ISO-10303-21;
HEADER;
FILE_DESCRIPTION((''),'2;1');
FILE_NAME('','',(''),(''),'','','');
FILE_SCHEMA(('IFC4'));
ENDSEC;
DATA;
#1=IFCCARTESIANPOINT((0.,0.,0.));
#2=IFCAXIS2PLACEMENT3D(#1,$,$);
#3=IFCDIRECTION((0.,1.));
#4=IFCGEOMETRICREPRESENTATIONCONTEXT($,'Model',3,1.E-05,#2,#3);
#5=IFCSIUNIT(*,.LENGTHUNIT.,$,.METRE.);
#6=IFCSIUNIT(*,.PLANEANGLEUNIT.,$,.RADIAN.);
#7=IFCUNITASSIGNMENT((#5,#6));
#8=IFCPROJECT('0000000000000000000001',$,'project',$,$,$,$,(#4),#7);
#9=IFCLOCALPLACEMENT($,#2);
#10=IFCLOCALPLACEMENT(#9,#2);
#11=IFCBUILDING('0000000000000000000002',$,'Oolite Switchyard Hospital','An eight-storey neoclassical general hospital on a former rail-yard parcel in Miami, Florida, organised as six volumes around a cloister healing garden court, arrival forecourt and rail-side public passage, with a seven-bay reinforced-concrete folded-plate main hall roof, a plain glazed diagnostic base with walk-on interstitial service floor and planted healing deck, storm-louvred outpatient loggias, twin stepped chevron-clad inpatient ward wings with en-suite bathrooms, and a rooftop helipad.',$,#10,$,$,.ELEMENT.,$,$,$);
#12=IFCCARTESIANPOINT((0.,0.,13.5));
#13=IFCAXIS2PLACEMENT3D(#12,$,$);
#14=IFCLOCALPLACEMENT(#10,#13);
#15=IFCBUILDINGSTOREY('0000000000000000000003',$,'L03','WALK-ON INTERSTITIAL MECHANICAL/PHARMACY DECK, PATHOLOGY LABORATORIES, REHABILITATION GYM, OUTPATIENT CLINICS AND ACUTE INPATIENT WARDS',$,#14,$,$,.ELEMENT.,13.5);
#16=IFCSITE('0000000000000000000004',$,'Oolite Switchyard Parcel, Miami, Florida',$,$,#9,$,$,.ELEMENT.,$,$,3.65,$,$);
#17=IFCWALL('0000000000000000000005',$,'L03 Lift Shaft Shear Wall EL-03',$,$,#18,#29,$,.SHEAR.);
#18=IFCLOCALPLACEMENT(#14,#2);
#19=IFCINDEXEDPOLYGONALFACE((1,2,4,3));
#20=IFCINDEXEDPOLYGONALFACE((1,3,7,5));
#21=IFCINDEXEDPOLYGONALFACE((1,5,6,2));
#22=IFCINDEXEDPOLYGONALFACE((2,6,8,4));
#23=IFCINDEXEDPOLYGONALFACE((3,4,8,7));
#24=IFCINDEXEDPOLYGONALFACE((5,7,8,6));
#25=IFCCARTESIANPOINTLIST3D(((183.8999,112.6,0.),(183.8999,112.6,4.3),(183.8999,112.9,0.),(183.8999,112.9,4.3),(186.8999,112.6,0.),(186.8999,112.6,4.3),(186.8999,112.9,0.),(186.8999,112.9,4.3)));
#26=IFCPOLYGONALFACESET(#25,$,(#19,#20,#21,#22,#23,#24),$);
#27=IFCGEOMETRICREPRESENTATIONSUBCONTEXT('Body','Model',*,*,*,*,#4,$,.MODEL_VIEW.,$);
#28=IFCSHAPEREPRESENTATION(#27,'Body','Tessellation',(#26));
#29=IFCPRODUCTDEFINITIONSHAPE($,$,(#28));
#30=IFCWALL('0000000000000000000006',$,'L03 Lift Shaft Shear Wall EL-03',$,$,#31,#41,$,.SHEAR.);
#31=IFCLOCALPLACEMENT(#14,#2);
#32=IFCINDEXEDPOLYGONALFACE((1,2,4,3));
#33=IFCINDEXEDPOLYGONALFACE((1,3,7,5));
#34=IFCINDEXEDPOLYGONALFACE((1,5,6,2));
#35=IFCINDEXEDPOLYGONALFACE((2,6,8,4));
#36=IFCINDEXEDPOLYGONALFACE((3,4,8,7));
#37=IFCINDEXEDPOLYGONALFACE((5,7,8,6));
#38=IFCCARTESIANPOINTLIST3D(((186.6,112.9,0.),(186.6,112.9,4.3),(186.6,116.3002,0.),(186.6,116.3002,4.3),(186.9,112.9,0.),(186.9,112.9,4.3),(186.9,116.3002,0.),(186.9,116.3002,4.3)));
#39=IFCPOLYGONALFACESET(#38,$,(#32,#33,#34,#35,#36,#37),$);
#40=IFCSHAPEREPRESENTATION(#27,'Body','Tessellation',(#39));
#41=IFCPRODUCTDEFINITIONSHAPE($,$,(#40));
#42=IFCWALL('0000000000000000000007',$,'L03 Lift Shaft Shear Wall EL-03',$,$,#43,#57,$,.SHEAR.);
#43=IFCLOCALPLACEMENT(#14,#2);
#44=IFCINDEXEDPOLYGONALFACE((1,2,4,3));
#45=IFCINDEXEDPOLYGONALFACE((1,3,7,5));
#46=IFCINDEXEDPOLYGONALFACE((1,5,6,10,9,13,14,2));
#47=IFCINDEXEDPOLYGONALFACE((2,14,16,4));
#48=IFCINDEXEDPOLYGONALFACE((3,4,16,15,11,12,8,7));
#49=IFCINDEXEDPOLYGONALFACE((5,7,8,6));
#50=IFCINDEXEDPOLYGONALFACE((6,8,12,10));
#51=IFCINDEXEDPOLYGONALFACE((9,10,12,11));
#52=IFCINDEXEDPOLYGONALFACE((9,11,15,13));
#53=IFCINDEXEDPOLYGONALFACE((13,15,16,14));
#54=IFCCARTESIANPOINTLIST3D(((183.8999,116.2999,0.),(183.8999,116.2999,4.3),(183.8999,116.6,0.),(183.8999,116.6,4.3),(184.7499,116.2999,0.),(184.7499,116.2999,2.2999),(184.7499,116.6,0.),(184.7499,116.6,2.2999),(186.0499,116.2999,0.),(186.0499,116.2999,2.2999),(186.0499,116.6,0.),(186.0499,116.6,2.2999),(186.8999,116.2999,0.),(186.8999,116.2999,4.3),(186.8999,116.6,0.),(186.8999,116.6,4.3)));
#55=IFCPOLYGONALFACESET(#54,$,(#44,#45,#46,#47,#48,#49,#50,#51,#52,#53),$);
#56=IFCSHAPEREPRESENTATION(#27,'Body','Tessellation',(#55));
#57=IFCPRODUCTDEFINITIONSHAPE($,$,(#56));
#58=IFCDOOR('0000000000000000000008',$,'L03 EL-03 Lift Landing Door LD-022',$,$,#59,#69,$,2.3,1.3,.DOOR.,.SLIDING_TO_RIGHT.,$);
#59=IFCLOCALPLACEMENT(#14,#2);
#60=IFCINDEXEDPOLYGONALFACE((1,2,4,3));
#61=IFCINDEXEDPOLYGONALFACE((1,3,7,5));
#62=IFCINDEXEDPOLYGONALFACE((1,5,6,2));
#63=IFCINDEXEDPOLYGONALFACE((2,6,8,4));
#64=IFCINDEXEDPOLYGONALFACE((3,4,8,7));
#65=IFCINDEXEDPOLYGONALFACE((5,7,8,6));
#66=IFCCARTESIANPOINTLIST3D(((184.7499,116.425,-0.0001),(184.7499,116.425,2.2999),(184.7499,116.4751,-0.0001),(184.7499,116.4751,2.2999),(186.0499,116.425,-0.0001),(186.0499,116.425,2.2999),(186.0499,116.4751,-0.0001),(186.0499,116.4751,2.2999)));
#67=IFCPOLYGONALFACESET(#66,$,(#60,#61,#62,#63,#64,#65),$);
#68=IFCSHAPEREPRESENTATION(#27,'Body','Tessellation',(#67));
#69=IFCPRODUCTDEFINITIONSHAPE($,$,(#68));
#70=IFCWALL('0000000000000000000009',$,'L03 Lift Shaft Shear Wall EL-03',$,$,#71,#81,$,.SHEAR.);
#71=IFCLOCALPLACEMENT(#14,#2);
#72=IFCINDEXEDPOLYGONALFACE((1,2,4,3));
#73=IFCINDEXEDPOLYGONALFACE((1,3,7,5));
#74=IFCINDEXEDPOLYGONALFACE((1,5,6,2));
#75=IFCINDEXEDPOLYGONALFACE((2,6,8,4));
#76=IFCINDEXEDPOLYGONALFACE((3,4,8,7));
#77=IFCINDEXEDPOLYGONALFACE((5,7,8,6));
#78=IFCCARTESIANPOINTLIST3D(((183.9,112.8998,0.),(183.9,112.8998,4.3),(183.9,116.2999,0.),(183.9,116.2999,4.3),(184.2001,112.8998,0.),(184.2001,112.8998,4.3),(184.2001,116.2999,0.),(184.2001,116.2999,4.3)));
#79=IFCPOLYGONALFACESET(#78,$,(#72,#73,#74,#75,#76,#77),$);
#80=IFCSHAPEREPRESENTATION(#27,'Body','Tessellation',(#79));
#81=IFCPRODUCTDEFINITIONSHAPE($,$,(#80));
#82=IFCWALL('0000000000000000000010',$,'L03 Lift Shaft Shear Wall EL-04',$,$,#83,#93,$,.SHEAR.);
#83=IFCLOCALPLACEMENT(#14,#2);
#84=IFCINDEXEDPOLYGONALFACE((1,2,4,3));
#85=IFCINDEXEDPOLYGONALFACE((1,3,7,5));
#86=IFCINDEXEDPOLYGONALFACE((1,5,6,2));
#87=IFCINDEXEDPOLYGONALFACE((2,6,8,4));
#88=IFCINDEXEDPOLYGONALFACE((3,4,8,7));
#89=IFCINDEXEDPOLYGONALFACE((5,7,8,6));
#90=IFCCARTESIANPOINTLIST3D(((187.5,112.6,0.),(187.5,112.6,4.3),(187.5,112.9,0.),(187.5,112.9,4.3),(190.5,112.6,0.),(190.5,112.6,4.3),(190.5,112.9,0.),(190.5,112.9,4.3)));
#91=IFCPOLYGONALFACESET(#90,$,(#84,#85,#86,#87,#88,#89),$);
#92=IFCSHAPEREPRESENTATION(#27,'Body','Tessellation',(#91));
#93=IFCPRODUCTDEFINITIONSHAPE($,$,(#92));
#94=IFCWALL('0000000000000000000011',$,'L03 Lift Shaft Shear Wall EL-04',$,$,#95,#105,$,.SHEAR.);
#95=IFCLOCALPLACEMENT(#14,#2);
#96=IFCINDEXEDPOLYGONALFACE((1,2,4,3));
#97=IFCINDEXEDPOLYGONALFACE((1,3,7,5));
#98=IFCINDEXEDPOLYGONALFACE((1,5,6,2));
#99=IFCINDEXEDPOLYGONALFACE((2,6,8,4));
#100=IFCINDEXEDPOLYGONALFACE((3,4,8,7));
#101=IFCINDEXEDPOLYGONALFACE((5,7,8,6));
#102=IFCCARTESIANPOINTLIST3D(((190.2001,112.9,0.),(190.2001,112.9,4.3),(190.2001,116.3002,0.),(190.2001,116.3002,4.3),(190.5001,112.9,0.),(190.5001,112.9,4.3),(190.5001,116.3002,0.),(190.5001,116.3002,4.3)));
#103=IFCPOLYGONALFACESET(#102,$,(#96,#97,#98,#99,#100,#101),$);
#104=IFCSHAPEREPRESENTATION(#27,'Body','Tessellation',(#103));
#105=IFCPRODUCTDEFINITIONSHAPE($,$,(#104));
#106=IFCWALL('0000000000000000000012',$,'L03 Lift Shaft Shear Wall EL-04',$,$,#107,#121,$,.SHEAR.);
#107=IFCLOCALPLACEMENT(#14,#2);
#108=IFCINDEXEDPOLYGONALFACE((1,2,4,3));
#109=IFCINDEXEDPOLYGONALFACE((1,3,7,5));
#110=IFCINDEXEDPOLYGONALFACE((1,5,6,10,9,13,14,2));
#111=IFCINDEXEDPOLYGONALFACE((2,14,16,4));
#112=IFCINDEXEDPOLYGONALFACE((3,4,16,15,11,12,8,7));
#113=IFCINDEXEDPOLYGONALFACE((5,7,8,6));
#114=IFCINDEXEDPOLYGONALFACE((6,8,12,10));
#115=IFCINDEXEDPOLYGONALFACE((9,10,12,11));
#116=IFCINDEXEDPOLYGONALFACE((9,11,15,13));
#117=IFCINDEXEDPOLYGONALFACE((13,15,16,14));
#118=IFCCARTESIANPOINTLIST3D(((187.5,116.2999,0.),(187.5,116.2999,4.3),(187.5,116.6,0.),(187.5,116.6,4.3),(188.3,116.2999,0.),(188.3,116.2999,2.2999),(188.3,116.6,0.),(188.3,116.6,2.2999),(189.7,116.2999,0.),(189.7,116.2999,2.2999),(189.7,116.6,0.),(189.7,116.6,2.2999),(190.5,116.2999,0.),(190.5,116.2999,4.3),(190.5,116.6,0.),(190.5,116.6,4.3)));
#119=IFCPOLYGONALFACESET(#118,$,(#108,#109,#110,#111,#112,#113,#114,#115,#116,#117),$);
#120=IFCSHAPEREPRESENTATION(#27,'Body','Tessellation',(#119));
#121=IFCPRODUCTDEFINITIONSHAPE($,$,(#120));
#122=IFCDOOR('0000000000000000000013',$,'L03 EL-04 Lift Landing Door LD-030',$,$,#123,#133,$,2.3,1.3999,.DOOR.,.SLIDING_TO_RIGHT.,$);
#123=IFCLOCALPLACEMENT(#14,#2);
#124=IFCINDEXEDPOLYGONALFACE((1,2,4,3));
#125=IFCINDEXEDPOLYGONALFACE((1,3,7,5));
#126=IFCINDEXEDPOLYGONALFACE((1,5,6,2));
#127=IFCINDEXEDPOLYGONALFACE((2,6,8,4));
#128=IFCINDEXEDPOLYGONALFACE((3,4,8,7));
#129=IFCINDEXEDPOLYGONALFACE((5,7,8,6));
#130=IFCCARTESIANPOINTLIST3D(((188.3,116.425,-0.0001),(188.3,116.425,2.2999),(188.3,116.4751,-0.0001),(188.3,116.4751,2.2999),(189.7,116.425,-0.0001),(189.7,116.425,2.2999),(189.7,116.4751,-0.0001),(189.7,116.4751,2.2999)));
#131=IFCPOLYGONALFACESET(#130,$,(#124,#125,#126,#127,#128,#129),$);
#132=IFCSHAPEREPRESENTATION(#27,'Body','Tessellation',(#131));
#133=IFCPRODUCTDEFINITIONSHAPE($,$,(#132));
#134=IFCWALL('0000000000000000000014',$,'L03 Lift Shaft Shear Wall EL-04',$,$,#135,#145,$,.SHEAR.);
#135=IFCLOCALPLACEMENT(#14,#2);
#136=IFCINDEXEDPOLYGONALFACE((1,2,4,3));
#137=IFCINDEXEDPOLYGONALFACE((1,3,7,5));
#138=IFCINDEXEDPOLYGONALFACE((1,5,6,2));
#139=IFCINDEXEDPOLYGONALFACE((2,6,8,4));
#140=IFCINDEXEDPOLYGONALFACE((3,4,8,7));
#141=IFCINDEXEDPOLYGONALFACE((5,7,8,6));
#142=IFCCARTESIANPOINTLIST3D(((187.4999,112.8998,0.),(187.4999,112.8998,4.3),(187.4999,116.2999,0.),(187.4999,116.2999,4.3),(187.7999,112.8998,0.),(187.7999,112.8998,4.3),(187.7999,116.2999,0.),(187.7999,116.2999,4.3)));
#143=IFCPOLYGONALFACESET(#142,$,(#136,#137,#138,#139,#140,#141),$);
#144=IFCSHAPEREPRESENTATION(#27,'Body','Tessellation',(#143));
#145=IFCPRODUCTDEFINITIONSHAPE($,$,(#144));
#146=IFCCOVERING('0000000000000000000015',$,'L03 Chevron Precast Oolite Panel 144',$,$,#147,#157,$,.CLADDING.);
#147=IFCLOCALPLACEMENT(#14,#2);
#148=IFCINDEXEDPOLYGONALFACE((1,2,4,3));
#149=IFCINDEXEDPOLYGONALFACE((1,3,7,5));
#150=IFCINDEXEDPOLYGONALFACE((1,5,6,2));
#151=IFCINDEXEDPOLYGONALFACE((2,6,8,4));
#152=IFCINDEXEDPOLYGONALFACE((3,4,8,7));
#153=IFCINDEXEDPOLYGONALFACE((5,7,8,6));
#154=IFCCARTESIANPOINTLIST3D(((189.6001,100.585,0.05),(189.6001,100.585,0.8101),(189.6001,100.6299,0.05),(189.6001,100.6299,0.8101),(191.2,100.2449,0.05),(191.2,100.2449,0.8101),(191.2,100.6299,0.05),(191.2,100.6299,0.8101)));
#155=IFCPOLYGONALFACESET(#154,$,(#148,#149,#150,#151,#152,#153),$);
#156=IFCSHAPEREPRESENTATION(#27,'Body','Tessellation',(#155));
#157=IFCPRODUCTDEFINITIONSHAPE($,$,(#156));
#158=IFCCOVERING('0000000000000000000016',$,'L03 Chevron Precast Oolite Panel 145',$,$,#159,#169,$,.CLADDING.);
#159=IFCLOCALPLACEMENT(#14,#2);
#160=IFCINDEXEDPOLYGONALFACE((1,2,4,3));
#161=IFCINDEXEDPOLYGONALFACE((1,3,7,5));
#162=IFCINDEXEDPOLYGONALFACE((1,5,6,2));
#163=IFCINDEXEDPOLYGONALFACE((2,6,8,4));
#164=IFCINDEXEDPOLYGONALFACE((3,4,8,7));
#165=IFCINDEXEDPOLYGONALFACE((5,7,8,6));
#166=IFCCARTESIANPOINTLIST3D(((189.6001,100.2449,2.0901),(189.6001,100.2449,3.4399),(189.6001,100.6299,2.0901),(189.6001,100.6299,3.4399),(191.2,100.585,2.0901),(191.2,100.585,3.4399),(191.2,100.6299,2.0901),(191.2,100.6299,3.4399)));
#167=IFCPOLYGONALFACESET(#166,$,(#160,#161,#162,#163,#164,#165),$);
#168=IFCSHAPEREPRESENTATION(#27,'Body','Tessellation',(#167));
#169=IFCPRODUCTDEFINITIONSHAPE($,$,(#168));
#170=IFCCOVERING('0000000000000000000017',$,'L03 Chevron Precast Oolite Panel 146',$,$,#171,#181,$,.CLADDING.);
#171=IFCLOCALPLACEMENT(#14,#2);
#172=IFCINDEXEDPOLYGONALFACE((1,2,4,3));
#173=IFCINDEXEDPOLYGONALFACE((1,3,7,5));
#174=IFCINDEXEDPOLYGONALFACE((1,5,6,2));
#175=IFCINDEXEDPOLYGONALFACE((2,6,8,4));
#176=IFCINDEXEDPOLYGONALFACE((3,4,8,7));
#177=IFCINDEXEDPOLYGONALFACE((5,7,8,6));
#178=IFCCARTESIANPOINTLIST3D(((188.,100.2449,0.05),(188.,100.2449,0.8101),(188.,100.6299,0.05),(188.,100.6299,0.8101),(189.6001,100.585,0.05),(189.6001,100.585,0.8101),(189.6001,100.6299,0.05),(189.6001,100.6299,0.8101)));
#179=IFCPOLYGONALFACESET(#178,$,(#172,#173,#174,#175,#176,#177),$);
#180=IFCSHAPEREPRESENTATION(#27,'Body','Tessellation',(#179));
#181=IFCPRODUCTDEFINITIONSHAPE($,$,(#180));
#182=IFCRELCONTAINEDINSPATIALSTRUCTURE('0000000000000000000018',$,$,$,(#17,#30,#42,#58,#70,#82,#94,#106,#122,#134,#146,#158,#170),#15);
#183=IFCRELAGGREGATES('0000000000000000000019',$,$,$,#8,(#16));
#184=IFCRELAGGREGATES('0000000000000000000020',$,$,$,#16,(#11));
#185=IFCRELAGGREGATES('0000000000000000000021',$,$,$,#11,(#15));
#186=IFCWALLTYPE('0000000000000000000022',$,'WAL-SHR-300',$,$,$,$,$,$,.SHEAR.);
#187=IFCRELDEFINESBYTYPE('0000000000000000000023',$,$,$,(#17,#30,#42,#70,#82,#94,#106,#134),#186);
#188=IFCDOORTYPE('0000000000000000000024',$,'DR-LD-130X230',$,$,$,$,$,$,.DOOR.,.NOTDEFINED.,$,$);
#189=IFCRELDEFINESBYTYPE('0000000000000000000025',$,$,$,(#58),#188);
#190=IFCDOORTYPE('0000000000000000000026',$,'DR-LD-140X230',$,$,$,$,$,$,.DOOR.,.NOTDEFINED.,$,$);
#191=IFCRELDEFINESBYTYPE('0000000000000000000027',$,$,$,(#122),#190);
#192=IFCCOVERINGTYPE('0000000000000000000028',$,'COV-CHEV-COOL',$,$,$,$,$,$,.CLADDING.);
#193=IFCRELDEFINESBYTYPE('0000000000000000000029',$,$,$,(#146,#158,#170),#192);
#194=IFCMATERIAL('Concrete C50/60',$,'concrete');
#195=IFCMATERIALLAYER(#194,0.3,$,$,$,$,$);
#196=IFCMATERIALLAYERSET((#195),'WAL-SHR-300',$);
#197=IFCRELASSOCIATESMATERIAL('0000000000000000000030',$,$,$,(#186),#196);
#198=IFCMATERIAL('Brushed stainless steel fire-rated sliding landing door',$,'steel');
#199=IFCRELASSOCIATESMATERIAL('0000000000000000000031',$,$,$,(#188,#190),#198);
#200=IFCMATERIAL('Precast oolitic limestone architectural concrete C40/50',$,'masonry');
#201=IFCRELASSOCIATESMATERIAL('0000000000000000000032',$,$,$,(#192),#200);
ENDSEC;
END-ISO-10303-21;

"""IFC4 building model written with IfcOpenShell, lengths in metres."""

from ifc_helpers import new_model, si_unit, direction, frame, frame_2d, origin, place, context, subcontext, project, spatial, polyline, rectangle, outline, extrude, material, layer, layer_set, type_object, element, fill, save


model = new_model("IFC4")

# Units and contexts
model_context = context("Model", 3, precision=1e-05, world=origin(), true_north=direction((0.0, 1.0)))
body_context = subcontext(model_context, "Body", "Model", "MODEL_VIEW")
ifc_project = project(units=[si_unit("LENGTHUNIT", "METRE"), si_unit("PLANEANGLEUNIT", "RADIAN")], contexts=[model_context])

# Site, building, storey
site_placement = place(None, origin())
site = spatial("IfcSite", under=ifc_project, at=site_placement, Name="Oolite Switchyard Parcel, Miami, Florida", CompositionType="ELEMENT", RefElevation=3.65)
building_placement = place(site_placement, origin())
building = spatial("IfcBuilding", under=site, at=building_placement, Name="Oolite Switchyard Hospital", Description="An eight-storey neoclassical general hospital on a former rail-yard parcel in Miami, Florida, organised as six volumes around a cloister healing garden court, arrival forecourt and rail-side public passage, with a seven-bay reinforced-concrete folded-plate main hall roof, a plain glazed diagnostic base with walk-on interstitial service floor and planted healing deck, storm-louvred outpatient loggias, twin stepped chevron-clad inpatient ward wings with en-suite bathrooms, and a rooftop helipad.", CompositionType="ELEMENT")
storey_placement = place(building_placement, frame((0.0, 0.0, 13.5)))
storey = spatial("IfcBuildingStorey", under=building, at=storey_placement, Name="L03", Description="WALK-ON INTERSTITIAL MECHANICAL/PHARMACY DECK, PATHOLOGY LABORATORIES, REHABILITATION GYM, OUTPATIENT CLINICS AND ACUTE INPATIENT WARDS", CompositionType="ELEMENT", Elevation=13.5)

# Shared definitions
ifc_material_1 = material(Name="Concrete C50/60", Category="concrete")

# Shared definitions
ifc_material_2 = material(Name="Precast oolitic limestone architectural concrete C40/50", Category="masonry")

# Walls
ifc_layer_1 = layer(ifc_material_1, 0.3)
ifc_layer_set_1 = layer_set([ifc_layer_1], Name="WAL-SHR-300")
wall_type_1 = type_object("IfcWallType", Name="WAL-SHR-300", PredefinedType="SHEAR", material=ifc_layer_set_1)
wall_1_placement = place(storey_placement, frame((183.8999, 112.75, 0.0), z_axis=(0.0, 0.0, 1.0), x_axis=(1.0, 0.0, 0.0)))
element("IfcWall", 1, at=wall_1_placement, inside=storey, type_object=wall_type_1, Name="L03 Lift Shaft Shear Wall EL-03", PredefinedType="SHEAR", context=body_context, shape_type="SweptSolid", body=[
    extrude(rectangle(XDim=3.0, YDim=0.3, at=frame_2d((1.5, 0.0))), origin(), (0.0, 0.0, 1.0), 4.3),
])
wall_2_placement = place(storey_placement, frame((186.75, 112.8999, 0.0), z_axis=(0.0, 0.0, 1.0), x_axis=(0.0, 1.0, 0.0)))
element("IfcWall", 2, at=wall_2_placement, inside=storey, type_object=wall_type_1, Name="L03 Lift Shaft Shear Wall EL-03", PredefinedType="SHEAR", context=body_context, shape_type="SweptSolid", body=[
    extrude(rectangle(XDim=3.4001, YDim=0.3, at=frame_2d((1.7002, 0.0))), origin(), (0.0, 0.0, 1.0), 4.3),
])

# Wall, opening, door
wall_3_placement = place(storey_placement, frame((186.8999, 116.45, 0.0), z_axis=(0.0, 0.0, 1.0), x_axis=(-1.0, 0.0, 0.0)))
wall_3 = element("IfcWall", 3, at=wall_3_placement, inside=storey, type_object=wall_type_1, Name="L03 Lift Shaft Shear Wall EL-03", PredefinedType="SHEAR", context=body_context, shape_type="SweptSolid", body=[
    extrude(rectangle(XDim=3.0, YDim=0.3, at=frame_2d((1.5, 0.0))), origin(), (0.0, 0.0, 1.0), 4.3),
])
opening_1_placement = place(wall_3_placement, frame((0.8501, 0.0, 0.0)))
opening_1 = element("IfcOpeningElement", 4, at=opening_1_placement, cuts=wall_3, PredefinedType="OPENING", context=body_context, shape_type="SweptSolid", body=[
    extrude(rectangle(XDim=1.3, YDim=2.3, at=frame_2d((0.6499, 1.1499))), frame((0.0, 0.1602, 0.0), z_axis=(0.0, -1.0, 0.0), x_axis=(1.0, 0.0, 0.0)), (0.0, 0.0, 1.0), 0.3201),
])
ifc_material_3 = material(Name="Brushed stainless steel fire-rated sliding landing door", Category="steel")
door_type_1 = type_object("IfcDoorType", Name="DR-LD-130X230", OperationType="NOTDEFINED", PredefinedType="DOOR", material=ifc_material_3)
door_1_placement = place(opening_1_placement, origin())
door_1 = element("IfcDoor", 5, at=door_1_placement, inside=storey, type_object=door_type_1, Name="L03 EL-03 Lift Landing Door LD-022", OperationType="SLIDING_TO_RIGHT", OverallHeight=2.3, OverallWidth=1.3, PredefinedType="DOOR", context=body_context, shape_type="SweptSolid", body=[
    extrude(rectangle(XDim=1.3, YDim=2.3, at=frame_2d((0.6499, 1.1499))), frame((0.0, 0.0249, 0.0), z_axis=(0.0, -1.0, 0.0), x_axis=(1.0, 0.0, 0.0)), (0.0, 0.0, 1.0), 0.05),
])
fill(opening_1, door_1)

# Walls
wall_4_placement = place(storey_placement, frame((184.05, 116.3, 0.0), z_axis=(0.0, 0.0, 1.0), x_axis=(0.0, -1.0, 0.0)))
element("IfcWall", 6, at=wall_4_placement, inside=storey, type_object=wall_type_1, Name="L03 Lift Shaft Shear Wall EL-03", PredefinedType="SHEAR", context=body_context, shape_type="SweptSolid", body=[
    extrude(rectangle(XDim=3.4001, YDim=0.3, at=frame_2d((1.7002, 0.0))), origin(), (0.0, 0.0, 1.0), 4.3),
])
wall_5_placement = place(storey_placement, frame((187.5, 112.75, 0.0), z_axis=(0.0, 0.0, 1.0), x_axis=(1.0, 0.0, 0.0)))
element("IfcWall", 7, at=wall_5_placement, inside=storey, type_object=wall_type_1, Name="L03 Lift Shaft Shear Wall EL-04", PredefinedType="SHEAR", context=body_context, shape_type="SweptSolid", body=[
    extrude(rectangle(XDim=3.0, YDim=0.3, at=frame_2d((1.5, 0.0))), origin(), (0.0, 0.0, 1.0), 4.3),
])
wall_6_placement = place(storey_placement, frame((190.3501, 112.8999, 0.0), z_axis=(0.0, 0.0, 1.0), x_axis=(0.0, 1.0, 0.0)))
element("IfcWall", 8, at=wall_6_placement, inside=storey, type_object=wall_type_1, Name="L03 Lift Shaft Shear Wall EL-04", PredefinedType="SHEAR", context=body_context, shape_type="SweptSolid", body=[
    extrude(rectangle(XDim=3.4001, YDim=0.3, at=frame_2d((1.7002, 0.0))), origin(), (0.0, 0.0, 1.0), 4.3),
])

# Wall, opening, door
wall_7_placement = place(storey_placement, frame((190.5, 116.45, 0.0), z_axis=(0.0, 0.0, 1.0), x_axis=(-1.0, 0.0, 0.0)))
wall_7 = element("IfcWall", 9, at=wall_7_placement, inside=storey, type_object=wall_type_1, Name="L03 Lift Shaft Shear Wall EL-04", PredefinedType="SHEAR", context=body_context, shape_type="SweptSolid", body=[
    extrude(rectangle(XDim=3.0, YDim=0.3, at=frame_2d((1.5, 0.0))), origin(), (0.0, 0.0, 1.0), 4.3),
])
opening_2_placement = place(wall_7_placement, frame((0.8, 0.0, 0.0)))
opening_2 = element("IfcOpeningElement", 10, at=opening_2_placement, cuts=wall_7, PredefinedType="OPENING", context=body_context, shape_type="SweptSolid", body=[
    extrude(rectangle(XDim=1.3999, YDim=2.3, at=frame_2d((0.7, 1.1499))), frame((0.0, 0.1602, 0.0), z_axis=(0.0, -1.0, 0.0), x_axis=(1.0, 0.0, 0.0)), (0.0, 0.0, 1.0), 0.3201),
])
door_type_2 = type_object("IfcDoorType", Name="DR-LD-140X230", OperationType="NOTDEFINED", PredefinedType="DOOR", material=ifc_material_3)
door_2_placement = place(opening_2_placement, origin())
door_2 = element("IfcDoor", 11, at=door_2_placement, inside=storey, type_object=door_type_2, Name="L03 EL-04 Lift Landing Door LD-030", OperationType="SLIDING_TO_RIGHT", OverallHeight=2.3, OverallWidth=1.3999, PredefinedType="DOOR", context=body_context, shape_type="SweptSolid", body=[
    extrude(rectangle(XDim=1.3999, YDim=2.3, at=frame_2d((0.7, 1.1499))), frame((0.0, 0.0249, 0.0), z_axis=(0.0, -1.0, 0.0), x_axis=(1.0, 0.0, 0.0)), (0.0, 0.0, 1.0), 0.05),
])
fill(opening_2, door_2)

# Wall
wall_8_placement = place(storey_placement, frame((187.6499, 116.3, 0.0), z_axis=(0.0, 0.0, 1.0), x_axis=(0.0, -1.0, 0.0)))
element("IfcWall", 12, at=wall_8_placement, inside=storey, type_object=wall_type_1, Name="L03 Lift Shaft Shear Wall EL-04", PredefinedType="SHEAR", context=body_context, shape_type="SweptSolid", body=[
    extrude(rectangle(XDim=3.4001, YDim=0.3, at=frame_2d((1.7002, 0.0))), origin(), (0.0, 0.0, 1.0), 4.3),
])

# Coverings
covering_type = type_object("IfcCoveringType", Name="COV-CHEV-COOL", PredefinedType="CLADDING", material=ifc_material_2)
covering_1_placement = place(storey_placement, frame((191.2, 100.6299, 0.05), z_axis=(0.0, 0.0, 1.0), x_axis=(-1.0, 0.0, 0.0)))
element("IfcCovering", 13, at=covering_1_placement, inside=storey, type_object=covering_type, Name="L03 Chevron Precast Oolite Panel 144", PredefinedType="CLADDING", context=body_context, shape_type="SweptSolid", body=[
    extrude(outline(polyline([(0.0, 0.0), (1.5999, 0.0), (1.5999, 0.0449), (0.0, 0.385), (0.0, 0.0)])), origin(), (0.0, 0.0, 1.0), 0.76),
])
covering_2_placement = place(storey_placement, frame((191.2, 100.6299, 2.0901), z_axis=(0.0, 0.0, 1.0), x_axis=(-1.0, 0.0, 0.0)))
element("IfcCovering", 14, at=covering_2_placement, inside=storey, type_object=covering_type, Name="L03 Chevron Precast Oolite Panel 145", PredefinedType="CLADDING", context=body_context, shape_type="SweptSolid", body=[
    extrude(outline(polyline([(0.0, 0.0), (1.5999, 0.0), (1.5999, 0.385), (0.0, 0.0449), (0.0, 0.0)])), origin(), (0.0, 0.0, 1.0), 1.3499),
])
covering_3_placement = place(storey_placement, frame((189.6001, 100.6299, 0.05), z_axis=(0.0, 0.0, 1.0), x_axis=(-1.0, 0.0, 0.0)))
element("IfcCovering", 15, at=covering_3_placement, inside=storey, type_object=covering_type, Name="L03 Chevron Precast Oolite Panel 146", PredefinedType="CLADDING", context=body_context, shape_type="SweptSolid", body=[
    extrude(outline(polyline([(0.0, 0.0), (1.6001, 0.0), (1.6001, 0.385), (0.0, 0.0449), (0.0, 0.0)])), origin(), (0.0, 0.0, 1.0), 0.76),
])

save(model, "model.ifc")
